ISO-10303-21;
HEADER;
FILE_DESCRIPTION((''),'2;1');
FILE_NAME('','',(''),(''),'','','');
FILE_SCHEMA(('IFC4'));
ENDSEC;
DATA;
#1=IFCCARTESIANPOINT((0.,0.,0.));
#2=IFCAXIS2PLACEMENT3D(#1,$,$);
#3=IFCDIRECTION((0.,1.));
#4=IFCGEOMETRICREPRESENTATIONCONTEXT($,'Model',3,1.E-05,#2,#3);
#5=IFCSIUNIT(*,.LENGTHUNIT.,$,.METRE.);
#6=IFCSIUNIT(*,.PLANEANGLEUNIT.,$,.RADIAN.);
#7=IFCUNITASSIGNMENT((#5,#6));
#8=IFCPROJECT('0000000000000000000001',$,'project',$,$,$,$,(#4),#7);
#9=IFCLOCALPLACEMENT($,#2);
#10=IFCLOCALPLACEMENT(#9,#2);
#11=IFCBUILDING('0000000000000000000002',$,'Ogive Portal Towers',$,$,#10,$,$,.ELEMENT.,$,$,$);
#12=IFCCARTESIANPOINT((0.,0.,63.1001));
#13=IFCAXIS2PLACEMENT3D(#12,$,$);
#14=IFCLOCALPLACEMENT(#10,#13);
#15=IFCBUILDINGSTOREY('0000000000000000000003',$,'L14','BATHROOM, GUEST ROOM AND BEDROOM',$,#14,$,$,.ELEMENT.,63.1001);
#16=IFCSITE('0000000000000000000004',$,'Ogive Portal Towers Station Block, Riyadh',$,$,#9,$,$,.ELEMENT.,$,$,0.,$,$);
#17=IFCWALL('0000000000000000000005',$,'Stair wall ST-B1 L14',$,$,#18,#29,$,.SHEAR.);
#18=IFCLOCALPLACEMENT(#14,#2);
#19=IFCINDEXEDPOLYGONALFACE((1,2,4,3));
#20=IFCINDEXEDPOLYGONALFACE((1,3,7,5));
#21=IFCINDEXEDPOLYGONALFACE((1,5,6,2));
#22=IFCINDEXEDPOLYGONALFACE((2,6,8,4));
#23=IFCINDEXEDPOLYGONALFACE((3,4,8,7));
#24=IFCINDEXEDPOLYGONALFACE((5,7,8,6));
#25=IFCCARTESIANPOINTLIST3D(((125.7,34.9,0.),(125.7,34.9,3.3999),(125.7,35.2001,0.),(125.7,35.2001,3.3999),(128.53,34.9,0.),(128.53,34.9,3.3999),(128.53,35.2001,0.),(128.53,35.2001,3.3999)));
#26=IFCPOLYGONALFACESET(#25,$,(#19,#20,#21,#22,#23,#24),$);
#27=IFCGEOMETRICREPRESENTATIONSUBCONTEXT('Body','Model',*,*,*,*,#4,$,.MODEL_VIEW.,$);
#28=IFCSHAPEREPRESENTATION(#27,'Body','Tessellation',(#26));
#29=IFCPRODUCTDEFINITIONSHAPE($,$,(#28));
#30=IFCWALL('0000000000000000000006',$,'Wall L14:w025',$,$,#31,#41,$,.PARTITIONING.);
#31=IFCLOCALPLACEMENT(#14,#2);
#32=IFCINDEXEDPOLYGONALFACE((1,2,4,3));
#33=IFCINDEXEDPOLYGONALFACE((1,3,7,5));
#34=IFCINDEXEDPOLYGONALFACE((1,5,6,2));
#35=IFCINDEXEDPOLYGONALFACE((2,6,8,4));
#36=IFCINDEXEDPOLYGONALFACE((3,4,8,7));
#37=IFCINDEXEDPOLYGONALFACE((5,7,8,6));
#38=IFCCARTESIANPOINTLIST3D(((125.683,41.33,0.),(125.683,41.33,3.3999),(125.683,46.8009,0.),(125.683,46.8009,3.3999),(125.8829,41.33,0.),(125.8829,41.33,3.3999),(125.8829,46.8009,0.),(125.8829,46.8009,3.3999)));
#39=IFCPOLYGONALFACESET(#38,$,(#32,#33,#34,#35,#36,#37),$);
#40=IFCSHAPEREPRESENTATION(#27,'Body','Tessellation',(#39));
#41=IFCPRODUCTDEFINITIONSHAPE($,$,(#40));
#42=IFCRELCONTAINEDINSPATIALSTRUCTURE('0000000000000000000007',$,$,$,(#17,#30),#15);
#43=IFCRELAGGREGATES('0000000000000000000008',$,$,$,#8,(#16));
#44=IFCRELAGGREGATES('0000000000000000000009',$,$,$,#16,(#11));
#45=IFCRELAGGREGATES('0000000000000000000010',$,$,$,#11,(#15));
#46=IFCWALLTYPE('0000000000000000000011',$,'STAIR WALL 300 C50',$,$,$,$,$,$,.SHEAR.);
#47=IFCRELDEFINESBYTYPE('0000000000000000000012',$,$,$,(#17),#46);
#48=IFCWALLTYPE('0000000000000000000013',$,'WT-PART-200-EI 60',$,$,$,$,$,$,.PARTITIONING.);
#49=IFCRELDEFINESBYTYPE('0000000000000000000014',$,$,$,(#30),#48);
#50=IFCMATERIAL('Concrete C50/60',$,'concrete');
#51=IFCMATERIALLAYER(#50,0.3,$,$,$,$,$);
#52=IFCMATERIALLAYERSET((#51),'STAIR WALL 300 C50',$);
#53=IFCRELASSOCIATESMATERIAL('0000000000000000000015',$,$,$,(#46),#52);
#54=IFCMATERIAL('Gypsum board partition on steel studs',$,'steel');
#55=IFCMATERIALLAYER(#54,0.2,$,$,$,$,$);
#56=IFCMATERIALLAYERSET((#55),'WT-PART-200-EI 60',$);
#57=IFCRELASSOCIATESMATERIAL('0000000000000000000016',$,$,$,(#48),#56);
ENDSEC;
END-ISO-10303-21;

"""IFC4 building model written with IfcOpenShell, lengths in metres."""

from ifc_helpers import new_model, si_unit, direction, frame, frame_2d, origin, place, context, subcontext, project, spatial, rectangle, extrude, material, layer, layer_set, type_object, element, save


model = new_model("IFC4")

# Units and contexts
model_context = context("Model", 3, precision=1e-05, world=origin(), true_north=direction((0.0, 1.0)))
body_context = subcontext(model_context, "Body", "Model", "MODEL_VIEW")
ifc_project = project(units=[si_unit("LENGTHUNIT", "METRE"), si_unit("PLANEANGLEUNIT", "RADIAN")], contexts=[model_context])

# Site, building, storey
site_placement = place(None, origin())
site = spatial("IfcSite", under=ifc_project, at=site_placement, Name="Ogive Portal Towers Station Block, Riyadh", CompositionType="ELEMENT", RefElevation=0.0)
building_placement = place(site_placement, origin())
building = spatial("IfcBuilding", under=site, at=building_placement, Name="Ogive Portal Towers", CompositionType="ELEMENT")
storey_placement = place(building_placement, frame((0.0, 0.0, 63.1001)))
storey = spatial("IfcBuildingStorey", under=building, at=storey_placement, Name="L14", Description="BATHROOM, GUEST ROOM AND BEDROOM", CompositionType="ELEMENT", Elevation=63.1001)

# Shared definitions
ifc_material_1 = material(Name="Concrete C50/60", Category="concrete")

# Shared definitions
ifc_layer_1 = layer(ifc_material_1, 0.3)
ifc_layer_set_1 = layer_set([ifc_layer_1], Name="STAIR WALL 300 C50")
wall_type_1 = type_object("IfcWallType", Name="STAIR WALL 300 C50", PredefinedType="SHEAR", material=ifc_layer_set_1)

# Wall
wall_1_placement = place(storey_placement, frame((125.7, 35.05, 0.0), z_axis=(0.0, 0.0, 1.0), x_axis=(1.0, 0.0, 0.0)))
element("IfcWall", 1, at=wall_1_placement, inside=storey, type_object=wall_type_1, Name="Stair wall ST-B1 L14", PredefinedType="SHEAR", context=body_context, shape_type="SweptSolid", body=[
    extrude(rectangle(XDim=2.8301, YDim=0.3, at=frame_2d((1.415, 0.0))), origin(), (0.0, 0.0, 1.0), 3.3999),
])

# Shared definitions
ifc_material_2 = material(Name="Gypsum board partition on steel studs", Category="steel")
ifc_layer_2 = layer(ifc_material_2, 0.2)
ifc_layer_set_2 = layer_set([ifc_layer_2], Name="WT-PART-200-EI 60")
wall_type_2 = type_object("IfcWallType", Name="WT-PART-200-EI 60", PredefinedType="PARTITIONING", material=ifc_layer_set_2)

# Wall
wall_2_placement = place(storey_placement, frame((125.783, 41.3301, 0.0), z_axis=(0.0, 0.0, 1.0), x_axis=(0.0, 1.0, 0.0)))
element("IfcWall", 2, at=wall_2_placement, inside=storey, type_object=wall_type_2, Name="Wall L14:w025", PredefinedType="PARTITIONING", context=body_context, shape_type="SweptSolid", body=[
    extrude(rectangle(XDim=5.4709, YDim=0.2, at=frame_2d((2.7354, 0.0))), origin(), (0.0, 0.0, 1.0), 3.3999),
])

save(model, "model.ifc")
